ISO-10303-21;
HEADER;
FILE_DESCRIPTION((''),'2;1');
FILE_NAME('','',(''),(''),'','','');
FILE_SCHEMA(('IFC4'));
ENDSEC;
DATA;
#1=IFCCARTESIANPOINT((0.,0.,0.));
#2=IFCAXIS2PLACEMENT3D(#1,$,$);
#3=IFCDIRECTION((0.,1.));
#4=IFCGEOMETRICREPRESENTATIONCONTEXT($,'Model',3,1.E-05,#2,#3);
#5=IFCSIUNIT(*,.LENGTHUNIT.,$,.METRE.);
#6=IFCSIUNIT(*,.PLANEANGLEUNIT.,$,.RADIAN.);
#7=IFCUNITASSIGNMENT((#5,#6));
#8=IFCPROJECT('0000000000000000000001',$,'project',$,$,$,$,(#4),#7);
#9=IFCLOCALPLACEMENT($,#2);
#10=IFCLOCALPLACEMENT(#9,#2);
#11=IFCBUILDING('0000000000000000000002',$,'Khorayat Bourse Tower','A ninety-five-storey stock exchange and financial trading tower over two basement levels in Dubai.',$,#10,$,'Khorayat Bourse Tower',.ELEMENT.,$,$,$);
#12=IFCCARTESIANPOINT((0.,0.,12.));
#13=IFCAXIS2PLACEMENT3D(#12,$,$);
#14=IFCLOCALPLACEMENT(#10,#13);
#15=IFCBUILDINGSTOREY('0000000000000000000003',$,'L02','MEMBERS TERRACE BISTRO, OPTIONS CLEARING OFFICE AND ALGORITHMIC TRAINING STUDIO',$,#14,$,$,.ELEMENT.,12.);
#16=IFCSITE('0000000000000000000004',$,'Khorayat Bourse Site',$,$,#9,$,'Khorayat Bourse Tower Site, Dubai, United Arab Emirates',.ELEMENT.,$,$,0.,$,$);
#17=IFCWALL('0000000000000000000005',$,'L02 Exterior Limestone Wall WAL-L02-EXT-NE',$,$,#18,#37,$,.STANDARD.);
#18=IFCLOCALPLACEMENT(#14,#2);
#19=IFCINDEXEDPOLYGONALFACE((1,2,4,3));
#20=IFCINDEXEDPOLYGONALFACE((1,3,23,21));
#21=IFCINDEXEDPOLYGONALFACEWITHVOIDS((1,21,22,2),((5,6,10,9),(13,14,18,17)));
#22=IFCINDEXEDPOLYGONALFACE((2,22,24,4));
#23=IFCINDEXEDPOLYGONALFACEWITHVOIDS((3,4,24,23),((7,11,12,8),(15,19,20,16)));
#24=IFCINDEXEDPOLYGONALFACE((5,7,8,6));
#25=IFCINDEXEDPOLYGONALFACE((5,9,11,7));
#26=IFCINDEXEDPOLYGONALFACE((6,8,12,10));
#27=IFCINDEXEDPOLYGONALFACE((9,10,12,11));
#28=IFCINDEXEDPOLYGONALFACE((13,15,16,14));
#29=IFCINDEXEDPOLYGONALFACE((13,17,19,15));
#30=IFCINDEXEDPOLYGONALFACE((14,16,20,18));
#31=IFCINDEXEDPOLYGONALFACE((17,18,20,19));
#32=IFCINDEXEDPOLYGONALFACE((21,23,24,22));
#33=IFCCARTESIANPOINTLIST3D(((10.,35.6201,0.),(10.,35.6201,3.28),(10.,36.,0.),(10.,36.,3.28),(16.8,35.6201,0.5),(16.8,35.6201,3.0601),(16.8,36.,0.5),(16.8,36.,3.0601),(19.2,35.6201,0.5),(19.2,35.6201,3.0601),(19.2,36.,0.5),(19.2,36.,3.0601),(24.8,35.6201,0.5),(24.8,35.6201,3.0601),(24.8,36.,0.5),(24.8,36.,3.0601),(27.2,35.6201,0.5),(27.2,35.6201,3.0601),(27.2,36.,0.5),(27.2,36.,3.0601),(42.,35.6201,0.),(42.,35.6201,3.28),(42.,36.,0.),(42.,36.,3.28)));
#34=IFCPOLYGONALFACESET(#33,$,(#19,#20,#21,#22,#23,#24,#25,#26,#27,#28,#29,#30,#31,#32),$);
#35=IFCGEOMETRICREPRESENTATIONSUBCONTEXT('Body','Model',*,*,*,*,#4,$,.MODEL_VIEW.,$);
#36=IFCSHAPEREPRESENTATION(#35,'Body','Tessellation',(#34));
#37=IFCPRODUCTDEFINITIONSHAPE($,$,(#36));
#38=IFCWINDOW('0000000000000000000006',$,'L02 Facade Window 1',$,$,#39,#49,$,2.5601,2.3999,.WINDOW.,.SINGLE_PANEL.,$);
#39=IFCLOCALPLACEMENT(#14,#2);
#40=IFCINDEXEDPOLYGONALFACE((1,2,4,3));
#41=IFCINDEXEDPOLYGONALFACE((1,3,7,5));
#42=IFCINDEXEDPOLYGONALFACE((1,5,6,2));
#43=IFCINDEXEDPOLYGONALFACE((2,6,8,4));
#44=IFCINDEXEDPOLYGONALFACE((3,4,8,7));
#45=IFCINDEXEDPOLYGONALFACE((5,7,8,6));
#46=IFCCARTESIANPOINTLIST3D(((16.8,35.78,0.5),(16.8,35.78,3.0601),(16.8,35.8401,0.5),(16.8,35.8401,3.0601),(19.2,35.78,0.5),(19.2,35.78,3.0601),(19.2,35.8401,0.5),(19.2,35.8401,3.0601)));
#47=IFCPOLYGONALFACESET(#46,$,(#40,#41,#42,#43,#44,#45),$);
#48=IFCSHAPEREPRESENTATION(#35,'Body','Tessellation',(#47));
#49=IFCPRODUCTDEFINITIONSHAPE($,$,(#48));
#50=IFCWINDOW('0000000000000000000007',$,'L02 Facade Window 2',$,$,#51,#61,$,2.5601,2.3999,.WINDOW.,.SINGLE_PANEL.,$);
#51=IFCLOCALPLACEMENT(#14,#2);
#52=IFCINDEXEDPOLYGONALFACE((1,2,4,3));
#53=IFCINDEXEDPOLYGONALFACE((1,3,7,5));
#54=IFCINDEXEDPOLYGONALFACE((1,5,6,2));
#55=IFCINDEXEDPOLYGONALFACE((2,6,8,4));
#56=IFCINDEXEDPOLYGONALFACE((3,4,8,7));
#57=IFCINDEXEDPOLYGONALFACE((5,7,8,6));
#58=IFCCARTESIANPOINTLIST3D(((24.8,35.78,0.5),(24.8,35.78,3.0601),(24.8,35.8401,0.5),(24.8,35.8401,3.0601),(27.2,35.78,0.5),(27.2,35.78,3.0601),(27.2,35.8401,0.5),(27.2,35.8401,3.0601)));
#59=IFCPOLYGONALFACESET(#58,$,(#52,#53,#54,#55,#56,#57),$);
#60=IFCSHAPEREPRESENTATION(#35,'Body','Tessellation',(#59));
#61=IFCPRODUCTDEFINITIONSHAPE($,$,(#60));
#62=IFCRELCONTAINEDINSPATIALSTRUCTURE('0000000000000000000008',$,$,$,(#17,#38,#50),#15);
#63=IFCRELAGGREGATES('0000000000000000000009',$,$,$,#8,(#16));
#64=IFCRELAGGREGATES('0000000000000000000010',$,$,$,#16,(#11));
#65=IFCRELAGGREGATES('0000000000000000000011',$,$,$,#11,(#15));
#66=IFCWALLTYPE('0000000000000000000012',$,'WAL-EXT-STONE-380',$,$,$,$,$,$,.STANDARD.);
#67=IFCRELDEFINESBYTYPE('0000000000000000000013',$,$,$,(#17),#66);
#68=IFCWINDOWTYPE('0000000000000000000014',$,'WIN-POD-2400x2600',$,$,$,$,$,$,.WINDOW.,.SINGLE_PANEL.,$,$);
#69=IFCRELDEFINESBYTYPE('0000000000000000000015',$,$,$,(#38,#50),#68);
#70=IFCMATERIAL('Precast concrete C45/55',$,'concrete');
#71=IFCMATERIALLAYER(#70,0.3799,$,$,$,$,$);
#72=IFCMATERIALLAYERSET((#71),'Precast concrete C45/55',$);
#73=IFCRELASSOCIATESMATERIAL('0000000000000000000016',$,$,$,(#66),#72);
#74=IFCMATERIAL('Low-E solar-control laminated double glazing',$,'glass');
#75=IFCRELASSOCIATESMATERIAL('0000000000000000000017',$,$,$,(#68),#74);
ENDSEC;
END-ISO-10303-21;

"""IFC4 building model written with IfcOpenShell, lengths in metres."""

from ifc_helpers import new_model, si_unit, direction, frame, frame_2d, origin, place, context, subcontext, project, spatial, rectangle, extrude, source, transform, mapped, material, layer, layer_set, type_object, element, fill, save


model = new_model("IFC4")

# Units and contexts
model_context = context("Model", 3, precision=1e-05, world=origin(), true_north=direction((0.0, 1.0)))
body_context = subcontext(model_context, "Body", "Model", "MODEL_VIEW")
ifc_project = project(units=[si_unit("LENGTHUNIT", "METRE"), si_unit("PLANEANGLEUNIT", "RADIAN")], contexts=[model_context])

# Site, building, storey
site_placement = place(None, origin())
site = spatial("IfcSite", under=ifc_project, at=site_placement, Name="Khorayat Bourse Site", LongName="Khorayat Bourse Tower Site, Dubai, United Arab Emirates", CompositionType="ELEMENT", RefElevation=0.0)
building_placement = place(site_placement, origin())
building = spatial("IfcBuilding", under=site, at=building_placement, Name="Khorayat Bourse Tower", Description="A ninety-five-storey stock exchange and financial trading tower over two basement levels in Dubai.", LongName="Khorayat Bourse Tower", CompositionType="ELEMENT")
storey_placement = place(building_placement, frame((0.0, 0.0, 12.0)))
storey = spatial("IfcBuildingStorey", under=building, at=storey_placement, Name="L02", Description="MEMBERS TERRACE BISTRO, OPTIONS CLEARING OFFICE AND ALGORITHMIC TRAINING STUDIO", CompositionType="ELEMENT", Elevation=12.0)

# Wall, openings, windows
ifc_material_1 = material(Name="Precast concrete C45/55", Category="concrete")
ifc_layer = layer(ifc_material_1, 0.3799)
ifc_layer_set = layer_set([ifc_layer], Name="Precast concrete C45/55")
wall_type = type_object("IfcWallType", Name="WAL-EXT-STONE-380", PredefinedType="STANDARD", material=ifc_layer_set)
shared_shape_1 = source(origin(), body_context, "Body", "SweptSolid", [
    extrude(rectangle(XDim=32.0, YDim=0.3799, at=frame_2d((16.0, 0.0))), origin(), (0.0, 0.0, 1.0), 3.28),
])
wall_placement = place(storey_placement, frame((10.0, 35.8101, 0.0), z_axis=(0.0, 0.0, 1.0), x_axis=(1.0, 0.0, 0.0)))
wall = element("IfcWall", 1, at=wall_placement, inside=storey, type_object=wall_type, Name="L02 Exterior Limestone Wall WAL-L02-EXT-NE", PredefinedType="STANDARD", context=body_context, shape_type="MappedRepresentation", body=[
    mapped(shared_shape_1, transform((0.0, 0.0, 0.0), scale=1.0)),
])
shared_shape_2 = source(origin(), body_context, "Body", "SweptSolid", [
    extrude(rectangle(XDim=2.3999, YDim=2.5601, at=frame_2d((1.2, 1.28))), frame((0.0, 0.2, 0.0), z_axis=(0.0, -1.0, 0.0), x_axis=(1.0, 0.0, 0.0)), (0.0, 0.0, 1.0), 0.3999),
])
opening_1_placement = place(wall_placement, frame((6.8, 0.0, 0.5)))
opening_1 = element("IfcOpeningElement", 2, at=opening_1_placement, cuts=wall, PredefinedType="OPENING", context=body_context, shape_type="MappedRepresentation", body=[
    mapped(shared_shape_2, transform((0.0, 0.0, 0.0), scale=1.0)),
])
opening_2_placement = place(wall_placement, frame((14.8, 0.0, 0.5)))
opening_2 = element("IfcOpeningElement", 3, at=opening_2_placement, cuts=wall, PredefinedType="OPENING", context=body_context, shape_type="MappedRepresentation", body=[
    mapped(shared_shape_2, transform((0.0, 0.0, 0.0), scale=1.0)),
])
ifc_material_2 = material(Name="Low-E solar-control laminated double glazing", Category="glass")
window_type = type_object("IfcWindowType", Name="WIN-POD-2400x2600", PartitioningType="SINGLE_PANEL", PredefinedType="WINDOW", material=ifc_material_2)
shared_shape_3 = source(origin(), body_context, "Body", "SweptSolid", [
    extrude(rectangle(XDim=2.3999, YDim=2.5601, at=frame_2d((1.2, 1.28))), frame((0.0, 0.03, 0.0), z_axis=(0.0, -1.0, 0.0), x_axis=(1.0, 0.0, 0.0)), (0.0, 0.0, 1.0), 0.0601),
])
window_1_placement = place(opening_1_placement, origin())
window_1 = element("IfcWindow", 4, at=window_1_placement, inside=storey, type_object=window_type, Name="L02 Facade Window 1", OverallHeight=2.5601, OverallWidth=2.3999, PartitioningType="SINGLE_PANEL", PredefinedType="WINDOW", context=body_context, shape_type="MappedRepresentation", body=[
    mapped(shared_shape_3, transform((0.0, 0.0, 0.0), scale=1.0)),
])
fill(opening_1, window_1)
window_2_placement = place(opening_2_placement, origin())
window_2 = element("IfcWindow", 5, at=window_2_placement, inside=storey, type_object=window_type, Name="L02 Facade Window 2", OverallHeight=2.5601, OverallWidth=2.3999, PartitioningType="SINGLE_PANEL", PredefinedType="WINDOW", context=body_context, shape_type="MappedRepresentation", body=[
    mapped(shared_shape_3, transform((0.0, 0.0, 0.0), scale=1.0)),
])
fill(opening_2, window_2)

save(model, "model.ifc")
